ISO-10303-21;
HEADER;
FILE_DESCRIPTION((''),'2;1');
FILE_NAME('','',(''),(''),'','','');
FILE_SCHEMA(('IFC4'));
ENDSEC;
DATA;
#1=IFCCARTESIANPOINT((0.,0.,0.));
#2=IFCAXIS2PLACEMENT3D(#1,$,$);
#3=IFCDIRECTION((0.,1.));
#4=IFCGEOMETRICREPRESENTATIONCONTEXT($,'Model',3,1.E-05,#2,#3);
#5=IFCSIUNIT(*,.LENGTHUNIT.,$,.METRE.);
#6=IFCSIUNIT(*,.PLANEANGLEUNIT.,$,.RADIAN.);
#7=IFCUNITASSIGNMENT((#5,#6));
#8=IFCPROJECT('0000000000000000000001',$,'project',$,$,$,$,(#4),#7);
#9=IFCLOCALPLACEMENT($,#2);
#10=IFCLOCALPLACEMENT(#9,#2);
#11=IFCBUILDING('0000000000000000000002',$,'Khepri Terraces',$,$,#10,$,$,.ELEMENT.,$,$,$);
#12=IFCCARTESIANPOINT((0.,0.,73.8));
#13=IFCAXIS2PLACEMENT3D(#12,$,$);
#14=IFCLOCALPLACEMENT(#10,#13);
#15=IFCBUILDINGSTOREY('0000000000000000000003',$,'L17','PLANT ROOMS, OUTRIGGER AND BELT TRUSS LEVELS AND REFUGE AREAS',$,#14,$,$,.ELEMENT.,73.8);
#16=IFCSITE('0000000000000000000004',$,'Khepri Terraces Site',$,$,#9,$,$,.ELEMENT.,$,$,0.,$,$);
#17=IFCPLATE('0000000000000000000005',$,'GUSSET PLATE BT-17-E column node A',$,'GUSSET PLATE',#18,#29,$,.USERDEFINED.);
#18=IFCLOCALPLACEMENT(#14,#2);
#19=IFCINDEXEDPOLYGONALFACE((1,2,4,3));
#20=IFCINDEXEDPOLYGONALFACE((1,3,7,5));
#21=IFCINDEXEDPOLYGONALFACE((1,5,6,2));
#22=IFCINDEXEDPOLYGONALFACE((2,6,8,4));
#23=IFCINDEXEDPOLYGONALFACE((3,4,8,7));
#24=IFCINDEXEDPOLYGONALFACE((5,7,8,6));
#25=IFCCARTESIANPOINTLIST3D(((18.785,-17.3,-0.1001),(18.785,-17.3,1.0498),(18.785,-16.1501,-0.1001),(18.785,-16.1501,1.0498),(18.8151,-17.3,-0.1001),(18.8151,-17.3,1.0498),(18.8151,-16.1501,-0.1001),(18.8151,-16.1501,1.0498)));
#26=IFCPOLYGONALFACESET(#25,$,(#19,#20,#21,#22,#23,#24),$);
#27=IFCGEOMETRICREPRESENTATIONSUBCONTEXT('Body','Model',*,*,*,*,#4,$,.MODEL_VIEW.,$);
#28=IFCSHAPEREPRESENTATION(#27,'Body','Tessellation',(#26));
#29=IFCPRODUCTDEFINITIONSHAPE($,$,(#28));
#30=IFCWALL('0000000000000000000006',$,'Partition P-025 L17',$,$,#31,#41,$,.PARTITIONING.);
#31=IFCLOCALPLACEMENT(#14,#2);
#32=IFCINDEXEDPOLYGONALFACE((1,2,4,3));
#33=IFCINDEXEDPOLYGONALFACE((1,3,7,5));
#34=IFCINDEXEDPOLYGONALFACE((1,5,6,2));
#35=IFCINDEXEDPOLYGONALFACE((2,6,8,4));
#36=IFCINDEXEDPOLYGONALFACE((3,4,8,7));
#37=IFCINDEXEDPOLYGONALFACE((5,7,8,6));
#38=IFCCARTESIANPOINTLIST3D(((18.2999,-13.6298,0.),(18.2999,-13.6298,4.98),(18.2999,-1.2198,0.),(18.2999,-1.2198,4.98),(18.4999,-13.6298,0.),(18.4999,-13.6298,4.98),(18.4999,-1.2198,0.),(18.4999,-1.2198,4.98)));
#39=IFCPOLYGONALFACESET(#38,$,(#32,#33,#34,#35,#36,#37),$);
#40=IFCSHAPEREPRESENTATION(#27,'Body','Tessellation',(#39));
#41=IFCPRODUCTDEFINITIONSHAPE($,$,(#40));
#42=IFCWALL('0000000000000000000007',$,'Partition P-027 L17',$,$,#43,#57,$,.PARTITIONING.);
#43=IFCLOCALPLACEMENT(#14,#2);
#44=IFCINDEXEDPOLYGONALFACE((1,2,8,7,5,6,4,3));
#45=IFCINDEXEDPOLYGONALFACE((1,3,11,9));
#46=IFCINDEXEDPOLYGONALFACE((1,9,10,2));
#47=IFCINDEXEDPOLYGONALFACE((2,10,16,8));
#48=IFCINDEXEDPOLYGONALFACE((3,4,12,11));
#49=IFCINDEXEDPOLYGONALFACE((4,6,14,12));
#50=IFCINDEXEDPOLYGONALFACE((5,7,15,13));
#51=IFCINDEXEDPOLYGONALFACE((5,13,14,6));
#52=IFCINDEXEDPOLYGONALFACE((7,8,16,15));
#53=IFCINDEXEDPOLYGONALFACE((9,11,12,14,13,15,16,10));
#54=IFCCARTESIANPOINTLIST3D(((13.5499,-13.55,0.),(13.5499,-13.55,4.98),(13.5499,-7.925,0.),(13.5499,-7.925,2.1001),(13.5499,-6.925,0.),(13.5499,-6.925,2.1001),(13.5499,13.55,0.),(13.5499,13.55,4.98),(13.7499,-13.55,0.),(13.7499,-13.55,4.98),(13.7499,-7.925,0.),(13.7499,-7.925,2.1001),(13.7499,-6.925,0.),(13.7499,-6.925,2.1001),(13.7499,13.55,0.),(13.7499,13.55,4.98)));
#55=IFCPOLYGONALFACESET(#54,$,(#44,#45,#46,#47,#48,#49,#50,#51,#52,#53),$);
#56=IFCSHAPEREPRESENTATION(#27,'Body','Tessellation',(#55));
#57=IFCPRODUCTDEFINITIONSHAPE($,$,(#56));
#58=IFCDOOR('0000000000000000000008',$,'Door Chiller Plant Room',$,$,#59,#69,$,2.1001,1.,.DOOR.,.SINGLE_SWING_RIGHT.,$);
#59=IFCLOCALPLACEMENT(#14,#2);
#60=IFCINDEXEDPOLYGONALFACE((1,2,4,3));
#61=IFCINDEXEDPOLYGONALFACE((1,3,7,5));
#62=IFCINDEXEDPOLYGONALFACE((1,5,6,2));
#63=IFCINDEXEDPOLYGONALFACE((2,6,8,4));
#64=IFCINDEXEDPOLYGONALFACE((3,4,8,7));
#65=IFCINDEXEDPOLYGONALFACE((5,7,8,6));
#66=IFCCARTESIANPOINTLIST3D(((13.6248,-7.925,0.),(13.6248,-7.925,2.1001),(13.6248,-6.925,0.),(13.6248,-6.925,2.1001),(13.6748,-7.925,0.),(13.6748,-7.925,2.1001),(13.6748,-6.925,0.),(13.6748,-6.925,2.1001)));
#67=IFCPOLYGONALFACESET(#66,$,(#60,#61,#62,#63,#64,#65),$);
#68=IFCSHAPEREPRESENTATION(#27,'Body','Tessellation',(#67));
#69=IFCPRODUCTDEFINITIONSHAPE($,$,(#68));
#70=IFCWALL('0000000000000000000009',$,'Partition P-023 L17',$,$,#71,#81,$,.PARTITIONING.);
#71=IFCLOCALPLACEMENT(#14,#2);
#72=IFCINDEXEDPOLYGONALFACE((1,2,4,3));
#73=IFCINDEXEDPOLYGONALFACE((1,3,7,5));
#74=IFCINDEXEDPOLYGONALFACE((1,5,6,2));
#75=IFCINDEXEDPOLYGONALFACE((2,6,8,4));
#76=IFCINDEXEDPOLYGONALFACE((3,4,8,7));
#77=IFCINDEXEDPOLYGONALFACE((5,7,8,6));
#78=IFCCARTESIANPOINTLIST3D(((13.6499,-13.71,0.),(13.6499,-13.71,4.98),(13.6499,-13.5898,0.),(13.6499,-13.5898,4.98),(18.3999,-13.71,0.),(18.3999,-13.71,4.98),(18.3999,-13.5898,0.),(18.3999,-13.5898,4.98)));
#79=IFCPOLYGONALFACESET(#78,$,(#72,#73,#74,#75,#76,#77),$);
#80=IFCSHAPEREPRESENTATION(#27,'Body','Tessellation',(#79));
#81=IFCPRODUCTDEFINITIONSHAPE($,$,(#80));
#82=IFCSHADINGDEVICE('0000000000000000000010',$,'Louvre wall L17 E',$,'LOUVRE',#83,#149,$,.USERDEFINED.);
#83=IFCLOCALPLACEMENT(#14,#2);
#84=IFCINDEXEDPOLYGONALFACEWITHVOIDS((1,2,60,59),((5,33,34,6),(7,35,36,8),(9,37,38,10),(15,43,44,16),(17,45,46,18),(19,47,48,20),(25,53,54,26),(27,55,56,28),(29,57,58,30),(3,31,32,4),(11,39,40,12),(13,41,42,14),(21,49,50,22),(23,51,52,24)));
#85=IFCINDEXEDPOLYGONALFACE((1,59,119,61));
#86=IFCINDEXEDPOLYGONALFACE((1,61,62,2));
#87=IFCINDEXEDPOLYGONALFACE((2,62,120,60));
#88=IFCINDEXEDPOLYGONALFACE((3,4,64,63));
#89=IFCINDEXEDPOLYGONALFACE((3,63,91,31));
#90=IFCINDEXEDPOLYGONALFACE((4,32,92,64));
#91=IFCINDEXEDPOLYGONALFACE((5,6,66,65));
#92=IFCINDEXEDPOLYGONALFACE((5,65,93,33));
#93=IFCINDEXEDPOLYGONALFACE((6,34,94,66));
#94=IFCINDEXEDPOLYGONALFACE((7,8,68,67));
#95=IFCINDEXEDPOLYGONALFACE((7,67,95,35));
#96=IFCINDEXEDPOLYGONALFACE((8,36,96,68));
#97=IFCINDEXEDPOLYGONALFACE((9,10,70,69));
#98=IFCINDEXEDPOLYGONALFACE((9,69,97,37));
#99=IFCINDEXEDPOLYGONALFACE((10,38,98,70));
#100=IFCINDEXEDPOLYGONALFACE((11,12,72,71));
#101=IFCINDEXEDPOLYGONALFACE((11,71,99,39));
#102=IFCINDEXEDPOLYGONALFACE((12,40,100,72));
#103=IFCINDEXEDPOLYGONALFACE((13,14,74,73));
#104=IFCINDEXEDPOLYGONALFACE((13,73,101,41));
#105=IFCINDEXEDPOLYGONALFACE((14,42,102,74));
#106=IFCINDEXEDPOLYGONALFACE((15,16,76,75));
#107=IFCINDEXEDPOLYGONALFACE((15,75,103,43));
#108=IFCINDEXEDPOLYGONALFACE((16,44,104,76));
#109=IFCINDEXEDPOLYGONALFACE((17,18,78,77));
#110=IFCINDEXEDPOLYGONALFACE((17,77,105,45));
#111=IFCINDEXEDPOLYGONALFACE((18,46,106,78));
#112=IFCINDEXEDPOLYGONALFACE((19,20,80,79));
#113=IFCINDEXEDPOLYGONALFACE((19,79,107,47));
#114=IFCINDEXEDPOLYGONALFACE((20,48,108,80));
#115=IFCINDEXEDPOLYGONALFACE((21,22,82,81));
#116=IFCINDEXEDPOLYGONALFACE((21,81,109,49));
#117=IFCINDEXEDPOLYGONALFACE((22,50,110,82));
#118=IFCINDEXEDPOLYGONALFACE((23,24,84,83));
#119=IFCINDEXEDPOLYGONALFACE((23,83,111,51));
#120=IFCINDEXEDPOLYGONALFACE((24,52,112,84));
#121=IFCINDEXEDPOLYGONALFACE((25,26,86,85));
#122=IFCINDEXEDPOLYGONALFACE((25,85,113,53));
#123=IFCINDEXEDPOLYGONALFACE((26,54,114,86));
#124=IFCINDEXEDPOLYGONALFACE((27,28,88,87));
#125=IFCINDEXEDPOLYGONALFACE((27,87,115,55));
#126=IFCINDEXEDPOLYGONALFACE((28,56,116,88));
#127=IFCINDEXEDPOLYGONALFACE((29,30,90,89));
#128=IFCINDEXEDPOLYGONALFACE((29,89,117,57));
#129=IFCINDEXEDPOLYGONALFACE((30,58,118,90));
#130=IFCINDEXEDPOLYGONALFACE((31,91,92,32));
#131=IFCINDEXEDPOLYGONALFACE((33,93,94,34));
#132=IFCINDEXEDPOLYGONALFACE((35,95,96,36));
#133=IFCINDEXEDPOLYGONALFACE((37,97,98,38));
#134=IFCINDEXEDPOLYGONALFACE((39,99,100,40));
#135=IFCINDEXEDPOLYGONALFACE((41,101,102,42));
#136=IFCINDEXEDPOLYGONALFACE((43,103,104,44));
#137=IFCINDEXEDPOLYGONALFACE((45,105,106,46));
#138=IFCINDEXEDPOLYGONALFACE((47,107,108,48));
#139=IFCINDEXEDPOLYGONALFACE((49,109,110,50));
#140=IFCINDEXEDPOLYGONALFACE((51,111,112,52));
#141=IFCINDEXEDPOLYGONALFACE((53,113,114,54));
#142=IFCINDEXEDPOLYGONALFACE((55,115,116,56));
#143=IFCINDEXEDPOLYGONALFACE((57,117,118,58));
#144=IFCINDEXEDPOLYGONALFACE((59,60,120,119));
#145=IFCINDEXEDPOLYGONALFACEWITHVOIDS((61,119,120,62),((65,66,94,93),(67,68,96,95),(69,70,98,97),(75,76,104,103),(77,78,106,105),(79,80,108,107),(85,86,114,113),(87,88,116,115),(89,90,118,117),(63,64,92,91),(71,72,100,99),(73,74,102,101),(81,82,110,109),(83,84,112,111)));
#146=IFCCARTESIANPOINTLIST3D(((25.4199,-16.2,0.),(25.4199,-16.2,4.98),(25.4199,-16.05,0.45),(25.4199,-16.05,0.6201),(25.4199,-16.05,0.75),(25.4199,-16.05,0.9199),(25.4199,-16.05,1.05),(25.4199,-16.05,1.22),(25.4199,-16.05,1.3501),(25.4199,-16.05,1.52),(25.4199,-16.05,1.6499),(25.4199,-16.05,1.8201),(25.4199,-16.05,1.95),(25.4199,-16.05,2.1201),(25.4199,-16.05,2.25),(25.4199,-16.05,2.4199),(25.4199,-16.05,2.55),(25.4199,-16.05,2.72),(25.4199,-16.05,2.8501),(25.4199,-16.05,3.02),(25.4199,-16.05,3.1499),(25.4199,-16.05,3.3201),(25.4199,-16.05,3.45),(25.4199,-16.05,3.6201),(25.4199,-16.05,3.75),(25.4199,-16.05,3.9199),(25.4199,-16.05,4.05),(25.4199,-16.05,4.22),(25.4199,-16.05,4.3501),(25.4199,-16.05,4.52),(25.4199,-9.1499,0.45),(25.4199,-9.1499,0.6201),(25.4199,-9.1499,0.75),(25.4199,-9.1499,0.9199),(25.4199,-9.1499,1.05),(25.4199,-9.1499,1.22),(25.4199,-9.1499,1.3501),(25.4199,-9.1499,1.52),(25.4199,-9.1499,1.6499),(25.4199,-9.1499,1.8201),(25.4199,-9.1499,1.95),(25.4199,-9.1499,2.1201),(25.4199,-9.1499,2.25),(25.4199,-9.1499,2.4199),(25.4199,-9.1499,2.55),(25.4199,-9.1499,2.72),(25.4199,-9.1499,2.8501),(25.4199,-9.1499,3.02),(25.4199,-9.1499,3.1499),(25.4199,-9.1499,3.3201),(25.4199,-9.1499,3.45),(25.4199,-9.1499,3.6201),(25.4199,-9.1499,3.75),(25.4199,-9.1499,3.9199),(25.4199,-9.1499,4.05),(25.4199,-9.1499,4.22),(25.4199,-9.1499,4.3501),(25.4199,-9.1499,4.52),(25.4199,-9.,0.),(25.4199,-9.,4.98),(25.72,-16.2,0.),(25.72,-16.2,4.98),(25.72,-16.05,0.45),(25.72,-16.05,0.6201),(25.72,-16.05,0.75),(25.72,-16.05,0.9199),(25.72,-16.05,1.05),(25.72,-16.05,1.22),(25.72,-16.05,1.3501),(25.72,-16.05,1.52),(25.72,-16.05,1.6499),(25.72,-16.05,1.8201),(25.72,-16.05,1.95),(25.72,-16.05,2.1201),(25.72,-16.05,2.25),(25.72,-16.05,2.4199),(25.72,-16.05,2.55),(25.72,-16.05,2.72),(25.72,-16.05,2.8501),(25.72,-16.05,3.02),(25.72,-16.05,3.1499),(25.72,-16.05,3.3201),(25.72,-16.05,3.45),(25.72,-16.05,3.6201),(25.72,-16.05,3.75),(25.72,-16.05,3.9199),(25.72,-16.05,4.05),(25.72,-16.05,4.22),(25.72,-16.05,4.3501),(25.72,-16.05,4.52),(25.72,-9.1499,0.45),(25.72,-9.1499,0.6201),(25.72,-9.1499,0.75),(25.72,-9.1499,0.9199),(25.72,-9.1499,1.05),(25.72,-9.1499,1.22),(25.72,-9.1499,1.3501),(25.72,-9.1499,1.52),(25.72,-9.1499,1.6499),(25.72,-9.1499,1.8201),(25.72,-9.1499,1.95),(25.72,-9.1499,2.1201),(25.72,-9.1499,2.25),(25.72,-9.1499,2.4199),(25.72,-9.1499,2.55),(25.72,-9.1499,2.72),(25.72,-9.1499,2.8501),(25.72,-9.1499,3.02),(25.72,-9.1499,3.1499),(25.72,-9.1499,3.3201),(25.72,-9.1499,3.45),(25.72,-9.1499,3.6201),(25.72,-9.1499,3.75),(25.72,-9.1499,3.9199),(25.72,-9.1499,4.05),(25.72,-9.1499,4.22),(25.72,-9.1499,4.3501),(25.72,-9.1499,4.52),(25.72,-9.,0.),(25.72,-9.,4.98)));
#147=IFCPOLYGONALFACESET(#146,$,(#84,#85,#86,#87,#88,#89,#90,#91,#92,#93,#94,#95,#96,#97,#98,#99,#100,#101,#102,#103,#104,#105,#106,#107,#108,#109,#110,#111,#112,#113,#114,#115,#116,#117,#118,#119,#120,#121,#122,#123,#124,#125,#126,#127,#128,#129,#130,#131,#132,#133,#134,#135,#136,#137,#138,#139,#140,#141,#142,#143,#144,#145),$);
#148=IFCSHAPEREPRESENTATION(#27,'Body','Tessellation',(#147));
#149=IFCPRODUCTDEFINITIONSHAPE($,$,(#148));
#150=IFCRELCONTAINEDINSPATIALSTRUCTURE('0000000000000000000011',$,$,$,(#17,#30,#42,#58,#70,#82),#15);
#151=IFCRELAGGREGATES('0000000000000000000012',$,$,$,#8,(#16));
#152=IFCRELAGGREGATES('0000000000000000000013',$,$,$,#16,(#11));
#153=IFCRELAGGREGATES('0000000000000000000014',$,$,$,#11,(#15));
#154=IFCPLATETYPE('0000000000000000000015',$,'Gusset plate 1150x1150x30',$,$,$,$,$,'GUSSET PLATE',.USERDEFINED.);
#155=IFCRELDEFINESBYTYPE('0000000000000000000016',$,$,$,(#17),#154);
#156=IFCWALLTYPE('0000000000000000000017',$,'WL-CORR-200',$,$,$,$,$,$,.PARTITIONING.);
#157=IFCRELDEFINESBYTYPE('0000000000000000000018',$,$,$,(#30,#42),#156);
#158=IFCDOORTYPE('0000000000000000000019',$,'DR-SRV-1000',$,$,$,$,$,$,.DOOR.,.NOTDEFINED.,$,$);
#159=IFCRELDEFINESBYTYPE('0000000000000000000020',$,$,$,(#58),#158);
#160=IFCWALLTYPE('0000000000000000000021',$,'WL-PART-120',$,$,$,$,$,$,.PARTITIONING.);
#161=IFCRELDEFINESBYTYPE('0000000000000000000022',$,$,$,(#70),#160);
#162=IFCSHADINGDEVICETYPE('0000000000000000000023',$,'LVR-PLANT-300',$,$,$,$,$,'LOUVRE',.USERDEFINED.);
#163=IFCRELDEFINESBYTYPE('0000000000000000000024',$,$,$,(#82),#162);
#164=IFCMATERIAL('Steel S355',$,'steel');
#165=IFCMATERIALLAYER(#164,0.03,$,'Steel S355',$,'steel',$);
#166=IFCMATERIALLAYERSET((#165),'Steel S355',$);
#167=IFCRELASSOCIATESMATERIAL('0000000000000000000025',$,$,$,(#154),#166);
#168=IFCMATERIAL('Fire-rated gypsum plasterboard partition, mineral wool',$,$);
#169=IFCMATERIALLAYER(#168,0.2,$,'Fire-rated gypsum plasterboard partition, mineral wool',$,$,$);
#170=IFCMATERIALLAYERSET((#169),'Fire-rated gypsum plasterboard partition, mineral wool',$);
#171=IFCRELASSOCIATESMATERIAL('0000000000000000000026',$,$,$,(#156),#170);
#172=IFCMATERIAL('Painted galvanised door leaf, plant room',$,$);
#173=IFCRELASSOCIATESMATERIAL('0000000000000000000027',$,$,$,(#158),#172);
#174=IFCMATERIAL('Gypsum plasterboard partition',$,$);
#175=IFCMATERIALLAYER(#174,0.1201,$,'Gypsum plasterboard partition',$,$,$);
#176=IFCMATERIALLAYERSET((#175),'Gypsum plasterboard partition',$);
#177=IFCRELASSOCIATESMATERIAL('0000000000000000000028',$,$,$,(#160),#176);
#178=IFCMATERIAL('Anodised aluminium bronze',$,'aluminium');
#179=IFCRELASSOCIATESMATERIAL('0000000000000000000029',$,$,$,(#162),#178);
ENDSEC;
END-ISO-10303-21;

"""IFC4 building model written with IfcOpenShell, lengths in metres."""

from ifc_helpers import new_model, si_unit, direction, frame, frame_2d, origin, origin_2d, place, context, subcontext, project, spatial, polyline, rectangle, outline, extrude, material, layer, layer_set, type_object, element, fill, save


model = new_model("IFC4")

# Units and contexts
model_context = context("Model", 3, precision=1e-05, world=origin(), true_north=direction((0.0, 1.0)))
body_context = subcontext(model_context, "Body", "Model", "MODEL_VIEW")
ifc_project = project(units=[si_unit("LENGTHUNIT", "METRE"), si_unit("PLANEANGLEUNIT", "RADIAN")], contexts=[model_context])

# Site, building, storey
site_placement = place(None, origin())
site = spatial("IfcSite", under=ifc_project, at=site_placement, Name="Khepri Terraces Site", CompositionType="ELEMENT", RefElevation=0.0)
building_placement = place(site_placement, origin())
building = spatial("IfcBuilding", under=site, at=building_placement, Name="Khepri Terraces", CompositionType="ELEMENT")
storey_placement = place(building_placement, frame((0.0, 0.0, 73.8)))
storey = spatial("IfcBuildingStorey", under=building, at=storey_placement, Name="L17", Description="PLANT ROOMS, OUTRIGGER AND BELT TRUSS LEVELS AND REFUGE AREAS", CompositionType="ELEMENT", Elevation=73.8)

# Shared definitions
ifc_material_1 = material(Name="Steel S355", Category="steel")

# Plate
ifc_layer_1 = layer(ifc_material_1, 0.03, Name="Steel S355", Category="steel")
ifc_layer_set_1 = layer_set([ifc_layer_1], Name="Steel S355")
plate_type = type_object("IfcPlateType", Name="Gusset plate 1150x1150x30", ElementType="GUSSET PLATE", PredefinedType="USERDEFINED", material=ifc_layer_set_1)
plate_placement = place(storey_placement, frame((18.8, -16.7251, -0.1001), z_axis=(0.0, 0.0, 1.0), x_axis=(0.0, 1.0, 0.0)))
element("IfcPlate", 1, at=plate_placement, inside=storey, type_object=plate_type, Name="GUSSET PLATE BT-17-E column node A", ObjectType="GUSSET PLATE", PredefinedType="USERDEFINED", context=body_context, shape_type="SweptSolid", body=[
    extrude(rectangle(XDim=1.1499, YDim=0.03, at=origin_2d()), origin(), (0.0, 0.0, 1.0), 1.1499),
])

# Wall
ifc_material_2 = material(Name="Fire-rated gypsum plasterboard partition, mineral wool")
ifc_layer_2 = layer(ifc_material_2, 0.2, Name="Fire-rated gypsum plasterboard partition, mineral wool")
ifc_layer_set_2 = layer_set([ifc_layer_2], Name="Fire-rated gypsum plasterboard partition, mineral wool")
wall_type_1 = type_object("IfcWallType", Name="WL-CORR-200", PredefinedType="PARTITIONING", material=ifc_layer_set_2)
wall_1_placement = place(storey_placement, frame((18.3999, -13.6299, 0.0), z_axis=(0.0, 0.0, 1.0), x_axis=(0.0, 1.0, 0.0)))
element("IfcWall", 2, at=wall_1_placement, inside=storey, type_object=wall_type_1, Name="Partition P-025 L17", PredefinedType="PARTITIONING", context=body_context, shape_type="SweptSolid", body=[
    extrude(rectangle(XDim=12.4099, YDim=0.2, at=frame_2d((6.2051, 0.0))), origin(), (0.0, 0.0, 1.0), 4.98),
])

# Wall, opening, door
wall_2_placement = place(storey_placement, frame((13.6499, -13.55, 0.0), z_axis=(0.0, 0.0, 1.0), x_axis=(0.0, 1.0, 0.0)))
wall_2 = element("IfcWall", 3, at=wall_2_placement, inside=storey, type_object=wall_type_1, Name="Partition P-027 L17", PredefinedType="PARTITIONING", context=body_context, shape_type="SweptSolid", body=[
    extrude(rectangle(XDim=27.1001, YDim=0.2, at=frame_2d((13.55, 0.0))), origin(), (0.0, 0.0, 1.0), 4.98),
])
opening_placement = place(wall_2_placement, frame((5.625, 0.0, 0.0)))
opening = element("IfcOpeningElement", 4, at=opening_placement, cuts=wall_2, PredefinedType="OPENING", context=body_context, shape_type="SweptSolid", body=[
    extrude(rectangle(XDim=1.0, YDim=2.1001, at=frame_2d((0.5, 1.05))), frame((0.0, 0.1099, 0.0), z_axis=(0.0, -1.0, 0.0), x_axis=(1.0, 0.0, 0.0)), (0.0, 0.0, 1.0), 0.22),
])
ifc_material_3 = material(Name="Painted galvanised door leaf, plant room")
door_type = type_object("IfcDoorType", Name="DR-SRV-1000", OperationType="NOTDEFINED", PredefinedType="DOOR", material=ifc_material_3)
door_placement = place(opening_placement, frame((1.0, 0.0, 0.0), z_axis=(0.0, 0.0, 1.0), x_axis=(-1.0, 0.0, 0.0)))
door = element("IfcDoor", 5, at=door_placement, inside=storey, type_object=door_type, Name="Door Chiller Plant Room", OperationType="SINGLE_SWING_RIGHT", OverallHeight=2.1001, OverallWidth=1.0, PredefinedType="DOOR", context=body_context, shape_type="SweptSolid", body=[
    extrude(rectangle(XDim=1.0, YDim=2.1001, at=frame_2d((0.5, 1.05))), frame((0.0, 0.0249, 0.0), z_axis=(0.0, -1.0, 0.0), x_axis=(1.0, 0.0, 0.0)), (0.0, 0.0, 1.0), 0.05),
])
fill(opening, door)

# Wall
ifc_material_4 = material(Name="Gypsum plasterboard partition")
ifc_layer_3 = layer(ifc_material_4, 0.1201, Name="Gypsum plasterboard partition")
ifc_layer_set_3 = layer_set([ifc_layer_3], Name="Gypsum plasterboard partition")
wall_type_2 = type_object("IfcWallType", Name="WL-PART-120", PredefinedType="PARTITIONING", material=ifc_layer_set_3)
wall_3_placement = place(storey_placement, frame((13.6499, -13.6499, 0.0), z_axis=(0.0, 0.0, 1.0), x_axis=(1.0, 0.0, 0.0)))
element("IfcWall", 6, at=wall_3_placement, inside=storey, type_object=wall_type_2, Name="Partition P-023 L17", PredefinedType="PARTITIONING", context=body_context, shape_type="SweptSolid", body=[
    extrude(rectangle(XDim=4.75, YDim=0.1201, at=frame_2d((2.375, 0.0))), origin(), (0.0, 0.0, 1.0), 4.98),
])

# Shading device
ifc_material_5 = material(Name="Anodised aluminium bronze", Category="aluminium")
shading_device_type = type_object("IfcShadingDeviceType", Name="LVR-PLANT-300", ElementType="LOUVRE", PredefinedType="USERDEFINED", material=ifc_material_5)
shading_device_1_placement = place(storey_placement, frame((25.4199, -16.2, 0.0), z_axis=(1.0, 0.0, 0.0), x_axis=(0.0, 1.0, 0.0)))
element("IfcShadingDevice", 7, at=shading_device_1_placement, inside=storey, type_object=shading_device_type, Name="Louvre wall L17 E", ObjectType="LOUVRE", PredefinedType="USERDEFINED", context=body_context, shape_type="SweptSolid", body=[
    extrude(outline(polyline([(0.0, 0.0), (7.2, 0.0), (7.2, 4.98), (0.0, 4.98), (0.0, 0.0)]), holes=[polyline([(0.1499, 0.45), (7.05, 0.45), (7.05, 0.6201), (0.1499, 0.6201), (0.1499, 0.45)]), polyline([(0.1499, 0.75), (7.05, 0.75), (7.05, 0.9199), (0.1499, 0.9199), (0.1499, 0.75)]), polyline([(0.1499, 1.05), (7.05, 1.05), (7.05, 1.22), (0.1499, 1.22), (0.1499, 1.05)]), polyline([(0.1499, 1.3501), (7.05, 1.3501), (7.05, 1.52), (0.1499, 1.52), (0.1499, 1.3501)]), polyline([(0.1499, 1.6499), (7.05, 1.6499), (7.05, 1.8201), (0.1499, 1.8201), (0.1499, 1.6499)]), polyline([(0.1499, 1.95), (7.05, 1.95), (7.05, 2.1201), (0.1499, 2.1201), (0.1499, 1.95)]), polyline([(0.1499, 2.25), (7.05, 2.25), (7.05, 2.4199), (0.1499, 2.4199), (0.1499, 2.25)]), polyline([(0.1499, 2.55), (7.05, 2.55), (7.05, 2.72), (0.1499, 2.72), (0.1499, 2.55)]), polyline([(0.1499, 2.8501), (7.05, 2.8501), (7.05, 3.02), (0.1499, 3.02), (0.1499, 2.8501)]), polyline([(0.1499, 3.1499), (7.05, 3.1499), (7.05, 3.3201), (0.1499, 3.3201), (0.1499, 3.1499)]), polyline([(0.1499, 3.45), (7.05, 3.45), (7.05, 3.6201), (0.1499, 3.6201), (0.1499, 3.45)]), polyline([(0.1499, 3.75), (7.05, 3.75), (7.05, 3.9199), (0.1499, 3.9199), (0.1499, 3.75)]), polyline([(0.1499, 4.05), (7.05, 4.05), (7.05, 4.22), (0.1499, 4.22), (0.1499, 4.05)]), polyline([(0.1499, 4.3501), (7.05, 4.3501), (7.05, 4.52), (0.1499, 4.52), (0.1499, 4.3501)])]), origin(), (0.0, 0.0, 1.0), 0.3),
])

save(model, "model.ifc")
